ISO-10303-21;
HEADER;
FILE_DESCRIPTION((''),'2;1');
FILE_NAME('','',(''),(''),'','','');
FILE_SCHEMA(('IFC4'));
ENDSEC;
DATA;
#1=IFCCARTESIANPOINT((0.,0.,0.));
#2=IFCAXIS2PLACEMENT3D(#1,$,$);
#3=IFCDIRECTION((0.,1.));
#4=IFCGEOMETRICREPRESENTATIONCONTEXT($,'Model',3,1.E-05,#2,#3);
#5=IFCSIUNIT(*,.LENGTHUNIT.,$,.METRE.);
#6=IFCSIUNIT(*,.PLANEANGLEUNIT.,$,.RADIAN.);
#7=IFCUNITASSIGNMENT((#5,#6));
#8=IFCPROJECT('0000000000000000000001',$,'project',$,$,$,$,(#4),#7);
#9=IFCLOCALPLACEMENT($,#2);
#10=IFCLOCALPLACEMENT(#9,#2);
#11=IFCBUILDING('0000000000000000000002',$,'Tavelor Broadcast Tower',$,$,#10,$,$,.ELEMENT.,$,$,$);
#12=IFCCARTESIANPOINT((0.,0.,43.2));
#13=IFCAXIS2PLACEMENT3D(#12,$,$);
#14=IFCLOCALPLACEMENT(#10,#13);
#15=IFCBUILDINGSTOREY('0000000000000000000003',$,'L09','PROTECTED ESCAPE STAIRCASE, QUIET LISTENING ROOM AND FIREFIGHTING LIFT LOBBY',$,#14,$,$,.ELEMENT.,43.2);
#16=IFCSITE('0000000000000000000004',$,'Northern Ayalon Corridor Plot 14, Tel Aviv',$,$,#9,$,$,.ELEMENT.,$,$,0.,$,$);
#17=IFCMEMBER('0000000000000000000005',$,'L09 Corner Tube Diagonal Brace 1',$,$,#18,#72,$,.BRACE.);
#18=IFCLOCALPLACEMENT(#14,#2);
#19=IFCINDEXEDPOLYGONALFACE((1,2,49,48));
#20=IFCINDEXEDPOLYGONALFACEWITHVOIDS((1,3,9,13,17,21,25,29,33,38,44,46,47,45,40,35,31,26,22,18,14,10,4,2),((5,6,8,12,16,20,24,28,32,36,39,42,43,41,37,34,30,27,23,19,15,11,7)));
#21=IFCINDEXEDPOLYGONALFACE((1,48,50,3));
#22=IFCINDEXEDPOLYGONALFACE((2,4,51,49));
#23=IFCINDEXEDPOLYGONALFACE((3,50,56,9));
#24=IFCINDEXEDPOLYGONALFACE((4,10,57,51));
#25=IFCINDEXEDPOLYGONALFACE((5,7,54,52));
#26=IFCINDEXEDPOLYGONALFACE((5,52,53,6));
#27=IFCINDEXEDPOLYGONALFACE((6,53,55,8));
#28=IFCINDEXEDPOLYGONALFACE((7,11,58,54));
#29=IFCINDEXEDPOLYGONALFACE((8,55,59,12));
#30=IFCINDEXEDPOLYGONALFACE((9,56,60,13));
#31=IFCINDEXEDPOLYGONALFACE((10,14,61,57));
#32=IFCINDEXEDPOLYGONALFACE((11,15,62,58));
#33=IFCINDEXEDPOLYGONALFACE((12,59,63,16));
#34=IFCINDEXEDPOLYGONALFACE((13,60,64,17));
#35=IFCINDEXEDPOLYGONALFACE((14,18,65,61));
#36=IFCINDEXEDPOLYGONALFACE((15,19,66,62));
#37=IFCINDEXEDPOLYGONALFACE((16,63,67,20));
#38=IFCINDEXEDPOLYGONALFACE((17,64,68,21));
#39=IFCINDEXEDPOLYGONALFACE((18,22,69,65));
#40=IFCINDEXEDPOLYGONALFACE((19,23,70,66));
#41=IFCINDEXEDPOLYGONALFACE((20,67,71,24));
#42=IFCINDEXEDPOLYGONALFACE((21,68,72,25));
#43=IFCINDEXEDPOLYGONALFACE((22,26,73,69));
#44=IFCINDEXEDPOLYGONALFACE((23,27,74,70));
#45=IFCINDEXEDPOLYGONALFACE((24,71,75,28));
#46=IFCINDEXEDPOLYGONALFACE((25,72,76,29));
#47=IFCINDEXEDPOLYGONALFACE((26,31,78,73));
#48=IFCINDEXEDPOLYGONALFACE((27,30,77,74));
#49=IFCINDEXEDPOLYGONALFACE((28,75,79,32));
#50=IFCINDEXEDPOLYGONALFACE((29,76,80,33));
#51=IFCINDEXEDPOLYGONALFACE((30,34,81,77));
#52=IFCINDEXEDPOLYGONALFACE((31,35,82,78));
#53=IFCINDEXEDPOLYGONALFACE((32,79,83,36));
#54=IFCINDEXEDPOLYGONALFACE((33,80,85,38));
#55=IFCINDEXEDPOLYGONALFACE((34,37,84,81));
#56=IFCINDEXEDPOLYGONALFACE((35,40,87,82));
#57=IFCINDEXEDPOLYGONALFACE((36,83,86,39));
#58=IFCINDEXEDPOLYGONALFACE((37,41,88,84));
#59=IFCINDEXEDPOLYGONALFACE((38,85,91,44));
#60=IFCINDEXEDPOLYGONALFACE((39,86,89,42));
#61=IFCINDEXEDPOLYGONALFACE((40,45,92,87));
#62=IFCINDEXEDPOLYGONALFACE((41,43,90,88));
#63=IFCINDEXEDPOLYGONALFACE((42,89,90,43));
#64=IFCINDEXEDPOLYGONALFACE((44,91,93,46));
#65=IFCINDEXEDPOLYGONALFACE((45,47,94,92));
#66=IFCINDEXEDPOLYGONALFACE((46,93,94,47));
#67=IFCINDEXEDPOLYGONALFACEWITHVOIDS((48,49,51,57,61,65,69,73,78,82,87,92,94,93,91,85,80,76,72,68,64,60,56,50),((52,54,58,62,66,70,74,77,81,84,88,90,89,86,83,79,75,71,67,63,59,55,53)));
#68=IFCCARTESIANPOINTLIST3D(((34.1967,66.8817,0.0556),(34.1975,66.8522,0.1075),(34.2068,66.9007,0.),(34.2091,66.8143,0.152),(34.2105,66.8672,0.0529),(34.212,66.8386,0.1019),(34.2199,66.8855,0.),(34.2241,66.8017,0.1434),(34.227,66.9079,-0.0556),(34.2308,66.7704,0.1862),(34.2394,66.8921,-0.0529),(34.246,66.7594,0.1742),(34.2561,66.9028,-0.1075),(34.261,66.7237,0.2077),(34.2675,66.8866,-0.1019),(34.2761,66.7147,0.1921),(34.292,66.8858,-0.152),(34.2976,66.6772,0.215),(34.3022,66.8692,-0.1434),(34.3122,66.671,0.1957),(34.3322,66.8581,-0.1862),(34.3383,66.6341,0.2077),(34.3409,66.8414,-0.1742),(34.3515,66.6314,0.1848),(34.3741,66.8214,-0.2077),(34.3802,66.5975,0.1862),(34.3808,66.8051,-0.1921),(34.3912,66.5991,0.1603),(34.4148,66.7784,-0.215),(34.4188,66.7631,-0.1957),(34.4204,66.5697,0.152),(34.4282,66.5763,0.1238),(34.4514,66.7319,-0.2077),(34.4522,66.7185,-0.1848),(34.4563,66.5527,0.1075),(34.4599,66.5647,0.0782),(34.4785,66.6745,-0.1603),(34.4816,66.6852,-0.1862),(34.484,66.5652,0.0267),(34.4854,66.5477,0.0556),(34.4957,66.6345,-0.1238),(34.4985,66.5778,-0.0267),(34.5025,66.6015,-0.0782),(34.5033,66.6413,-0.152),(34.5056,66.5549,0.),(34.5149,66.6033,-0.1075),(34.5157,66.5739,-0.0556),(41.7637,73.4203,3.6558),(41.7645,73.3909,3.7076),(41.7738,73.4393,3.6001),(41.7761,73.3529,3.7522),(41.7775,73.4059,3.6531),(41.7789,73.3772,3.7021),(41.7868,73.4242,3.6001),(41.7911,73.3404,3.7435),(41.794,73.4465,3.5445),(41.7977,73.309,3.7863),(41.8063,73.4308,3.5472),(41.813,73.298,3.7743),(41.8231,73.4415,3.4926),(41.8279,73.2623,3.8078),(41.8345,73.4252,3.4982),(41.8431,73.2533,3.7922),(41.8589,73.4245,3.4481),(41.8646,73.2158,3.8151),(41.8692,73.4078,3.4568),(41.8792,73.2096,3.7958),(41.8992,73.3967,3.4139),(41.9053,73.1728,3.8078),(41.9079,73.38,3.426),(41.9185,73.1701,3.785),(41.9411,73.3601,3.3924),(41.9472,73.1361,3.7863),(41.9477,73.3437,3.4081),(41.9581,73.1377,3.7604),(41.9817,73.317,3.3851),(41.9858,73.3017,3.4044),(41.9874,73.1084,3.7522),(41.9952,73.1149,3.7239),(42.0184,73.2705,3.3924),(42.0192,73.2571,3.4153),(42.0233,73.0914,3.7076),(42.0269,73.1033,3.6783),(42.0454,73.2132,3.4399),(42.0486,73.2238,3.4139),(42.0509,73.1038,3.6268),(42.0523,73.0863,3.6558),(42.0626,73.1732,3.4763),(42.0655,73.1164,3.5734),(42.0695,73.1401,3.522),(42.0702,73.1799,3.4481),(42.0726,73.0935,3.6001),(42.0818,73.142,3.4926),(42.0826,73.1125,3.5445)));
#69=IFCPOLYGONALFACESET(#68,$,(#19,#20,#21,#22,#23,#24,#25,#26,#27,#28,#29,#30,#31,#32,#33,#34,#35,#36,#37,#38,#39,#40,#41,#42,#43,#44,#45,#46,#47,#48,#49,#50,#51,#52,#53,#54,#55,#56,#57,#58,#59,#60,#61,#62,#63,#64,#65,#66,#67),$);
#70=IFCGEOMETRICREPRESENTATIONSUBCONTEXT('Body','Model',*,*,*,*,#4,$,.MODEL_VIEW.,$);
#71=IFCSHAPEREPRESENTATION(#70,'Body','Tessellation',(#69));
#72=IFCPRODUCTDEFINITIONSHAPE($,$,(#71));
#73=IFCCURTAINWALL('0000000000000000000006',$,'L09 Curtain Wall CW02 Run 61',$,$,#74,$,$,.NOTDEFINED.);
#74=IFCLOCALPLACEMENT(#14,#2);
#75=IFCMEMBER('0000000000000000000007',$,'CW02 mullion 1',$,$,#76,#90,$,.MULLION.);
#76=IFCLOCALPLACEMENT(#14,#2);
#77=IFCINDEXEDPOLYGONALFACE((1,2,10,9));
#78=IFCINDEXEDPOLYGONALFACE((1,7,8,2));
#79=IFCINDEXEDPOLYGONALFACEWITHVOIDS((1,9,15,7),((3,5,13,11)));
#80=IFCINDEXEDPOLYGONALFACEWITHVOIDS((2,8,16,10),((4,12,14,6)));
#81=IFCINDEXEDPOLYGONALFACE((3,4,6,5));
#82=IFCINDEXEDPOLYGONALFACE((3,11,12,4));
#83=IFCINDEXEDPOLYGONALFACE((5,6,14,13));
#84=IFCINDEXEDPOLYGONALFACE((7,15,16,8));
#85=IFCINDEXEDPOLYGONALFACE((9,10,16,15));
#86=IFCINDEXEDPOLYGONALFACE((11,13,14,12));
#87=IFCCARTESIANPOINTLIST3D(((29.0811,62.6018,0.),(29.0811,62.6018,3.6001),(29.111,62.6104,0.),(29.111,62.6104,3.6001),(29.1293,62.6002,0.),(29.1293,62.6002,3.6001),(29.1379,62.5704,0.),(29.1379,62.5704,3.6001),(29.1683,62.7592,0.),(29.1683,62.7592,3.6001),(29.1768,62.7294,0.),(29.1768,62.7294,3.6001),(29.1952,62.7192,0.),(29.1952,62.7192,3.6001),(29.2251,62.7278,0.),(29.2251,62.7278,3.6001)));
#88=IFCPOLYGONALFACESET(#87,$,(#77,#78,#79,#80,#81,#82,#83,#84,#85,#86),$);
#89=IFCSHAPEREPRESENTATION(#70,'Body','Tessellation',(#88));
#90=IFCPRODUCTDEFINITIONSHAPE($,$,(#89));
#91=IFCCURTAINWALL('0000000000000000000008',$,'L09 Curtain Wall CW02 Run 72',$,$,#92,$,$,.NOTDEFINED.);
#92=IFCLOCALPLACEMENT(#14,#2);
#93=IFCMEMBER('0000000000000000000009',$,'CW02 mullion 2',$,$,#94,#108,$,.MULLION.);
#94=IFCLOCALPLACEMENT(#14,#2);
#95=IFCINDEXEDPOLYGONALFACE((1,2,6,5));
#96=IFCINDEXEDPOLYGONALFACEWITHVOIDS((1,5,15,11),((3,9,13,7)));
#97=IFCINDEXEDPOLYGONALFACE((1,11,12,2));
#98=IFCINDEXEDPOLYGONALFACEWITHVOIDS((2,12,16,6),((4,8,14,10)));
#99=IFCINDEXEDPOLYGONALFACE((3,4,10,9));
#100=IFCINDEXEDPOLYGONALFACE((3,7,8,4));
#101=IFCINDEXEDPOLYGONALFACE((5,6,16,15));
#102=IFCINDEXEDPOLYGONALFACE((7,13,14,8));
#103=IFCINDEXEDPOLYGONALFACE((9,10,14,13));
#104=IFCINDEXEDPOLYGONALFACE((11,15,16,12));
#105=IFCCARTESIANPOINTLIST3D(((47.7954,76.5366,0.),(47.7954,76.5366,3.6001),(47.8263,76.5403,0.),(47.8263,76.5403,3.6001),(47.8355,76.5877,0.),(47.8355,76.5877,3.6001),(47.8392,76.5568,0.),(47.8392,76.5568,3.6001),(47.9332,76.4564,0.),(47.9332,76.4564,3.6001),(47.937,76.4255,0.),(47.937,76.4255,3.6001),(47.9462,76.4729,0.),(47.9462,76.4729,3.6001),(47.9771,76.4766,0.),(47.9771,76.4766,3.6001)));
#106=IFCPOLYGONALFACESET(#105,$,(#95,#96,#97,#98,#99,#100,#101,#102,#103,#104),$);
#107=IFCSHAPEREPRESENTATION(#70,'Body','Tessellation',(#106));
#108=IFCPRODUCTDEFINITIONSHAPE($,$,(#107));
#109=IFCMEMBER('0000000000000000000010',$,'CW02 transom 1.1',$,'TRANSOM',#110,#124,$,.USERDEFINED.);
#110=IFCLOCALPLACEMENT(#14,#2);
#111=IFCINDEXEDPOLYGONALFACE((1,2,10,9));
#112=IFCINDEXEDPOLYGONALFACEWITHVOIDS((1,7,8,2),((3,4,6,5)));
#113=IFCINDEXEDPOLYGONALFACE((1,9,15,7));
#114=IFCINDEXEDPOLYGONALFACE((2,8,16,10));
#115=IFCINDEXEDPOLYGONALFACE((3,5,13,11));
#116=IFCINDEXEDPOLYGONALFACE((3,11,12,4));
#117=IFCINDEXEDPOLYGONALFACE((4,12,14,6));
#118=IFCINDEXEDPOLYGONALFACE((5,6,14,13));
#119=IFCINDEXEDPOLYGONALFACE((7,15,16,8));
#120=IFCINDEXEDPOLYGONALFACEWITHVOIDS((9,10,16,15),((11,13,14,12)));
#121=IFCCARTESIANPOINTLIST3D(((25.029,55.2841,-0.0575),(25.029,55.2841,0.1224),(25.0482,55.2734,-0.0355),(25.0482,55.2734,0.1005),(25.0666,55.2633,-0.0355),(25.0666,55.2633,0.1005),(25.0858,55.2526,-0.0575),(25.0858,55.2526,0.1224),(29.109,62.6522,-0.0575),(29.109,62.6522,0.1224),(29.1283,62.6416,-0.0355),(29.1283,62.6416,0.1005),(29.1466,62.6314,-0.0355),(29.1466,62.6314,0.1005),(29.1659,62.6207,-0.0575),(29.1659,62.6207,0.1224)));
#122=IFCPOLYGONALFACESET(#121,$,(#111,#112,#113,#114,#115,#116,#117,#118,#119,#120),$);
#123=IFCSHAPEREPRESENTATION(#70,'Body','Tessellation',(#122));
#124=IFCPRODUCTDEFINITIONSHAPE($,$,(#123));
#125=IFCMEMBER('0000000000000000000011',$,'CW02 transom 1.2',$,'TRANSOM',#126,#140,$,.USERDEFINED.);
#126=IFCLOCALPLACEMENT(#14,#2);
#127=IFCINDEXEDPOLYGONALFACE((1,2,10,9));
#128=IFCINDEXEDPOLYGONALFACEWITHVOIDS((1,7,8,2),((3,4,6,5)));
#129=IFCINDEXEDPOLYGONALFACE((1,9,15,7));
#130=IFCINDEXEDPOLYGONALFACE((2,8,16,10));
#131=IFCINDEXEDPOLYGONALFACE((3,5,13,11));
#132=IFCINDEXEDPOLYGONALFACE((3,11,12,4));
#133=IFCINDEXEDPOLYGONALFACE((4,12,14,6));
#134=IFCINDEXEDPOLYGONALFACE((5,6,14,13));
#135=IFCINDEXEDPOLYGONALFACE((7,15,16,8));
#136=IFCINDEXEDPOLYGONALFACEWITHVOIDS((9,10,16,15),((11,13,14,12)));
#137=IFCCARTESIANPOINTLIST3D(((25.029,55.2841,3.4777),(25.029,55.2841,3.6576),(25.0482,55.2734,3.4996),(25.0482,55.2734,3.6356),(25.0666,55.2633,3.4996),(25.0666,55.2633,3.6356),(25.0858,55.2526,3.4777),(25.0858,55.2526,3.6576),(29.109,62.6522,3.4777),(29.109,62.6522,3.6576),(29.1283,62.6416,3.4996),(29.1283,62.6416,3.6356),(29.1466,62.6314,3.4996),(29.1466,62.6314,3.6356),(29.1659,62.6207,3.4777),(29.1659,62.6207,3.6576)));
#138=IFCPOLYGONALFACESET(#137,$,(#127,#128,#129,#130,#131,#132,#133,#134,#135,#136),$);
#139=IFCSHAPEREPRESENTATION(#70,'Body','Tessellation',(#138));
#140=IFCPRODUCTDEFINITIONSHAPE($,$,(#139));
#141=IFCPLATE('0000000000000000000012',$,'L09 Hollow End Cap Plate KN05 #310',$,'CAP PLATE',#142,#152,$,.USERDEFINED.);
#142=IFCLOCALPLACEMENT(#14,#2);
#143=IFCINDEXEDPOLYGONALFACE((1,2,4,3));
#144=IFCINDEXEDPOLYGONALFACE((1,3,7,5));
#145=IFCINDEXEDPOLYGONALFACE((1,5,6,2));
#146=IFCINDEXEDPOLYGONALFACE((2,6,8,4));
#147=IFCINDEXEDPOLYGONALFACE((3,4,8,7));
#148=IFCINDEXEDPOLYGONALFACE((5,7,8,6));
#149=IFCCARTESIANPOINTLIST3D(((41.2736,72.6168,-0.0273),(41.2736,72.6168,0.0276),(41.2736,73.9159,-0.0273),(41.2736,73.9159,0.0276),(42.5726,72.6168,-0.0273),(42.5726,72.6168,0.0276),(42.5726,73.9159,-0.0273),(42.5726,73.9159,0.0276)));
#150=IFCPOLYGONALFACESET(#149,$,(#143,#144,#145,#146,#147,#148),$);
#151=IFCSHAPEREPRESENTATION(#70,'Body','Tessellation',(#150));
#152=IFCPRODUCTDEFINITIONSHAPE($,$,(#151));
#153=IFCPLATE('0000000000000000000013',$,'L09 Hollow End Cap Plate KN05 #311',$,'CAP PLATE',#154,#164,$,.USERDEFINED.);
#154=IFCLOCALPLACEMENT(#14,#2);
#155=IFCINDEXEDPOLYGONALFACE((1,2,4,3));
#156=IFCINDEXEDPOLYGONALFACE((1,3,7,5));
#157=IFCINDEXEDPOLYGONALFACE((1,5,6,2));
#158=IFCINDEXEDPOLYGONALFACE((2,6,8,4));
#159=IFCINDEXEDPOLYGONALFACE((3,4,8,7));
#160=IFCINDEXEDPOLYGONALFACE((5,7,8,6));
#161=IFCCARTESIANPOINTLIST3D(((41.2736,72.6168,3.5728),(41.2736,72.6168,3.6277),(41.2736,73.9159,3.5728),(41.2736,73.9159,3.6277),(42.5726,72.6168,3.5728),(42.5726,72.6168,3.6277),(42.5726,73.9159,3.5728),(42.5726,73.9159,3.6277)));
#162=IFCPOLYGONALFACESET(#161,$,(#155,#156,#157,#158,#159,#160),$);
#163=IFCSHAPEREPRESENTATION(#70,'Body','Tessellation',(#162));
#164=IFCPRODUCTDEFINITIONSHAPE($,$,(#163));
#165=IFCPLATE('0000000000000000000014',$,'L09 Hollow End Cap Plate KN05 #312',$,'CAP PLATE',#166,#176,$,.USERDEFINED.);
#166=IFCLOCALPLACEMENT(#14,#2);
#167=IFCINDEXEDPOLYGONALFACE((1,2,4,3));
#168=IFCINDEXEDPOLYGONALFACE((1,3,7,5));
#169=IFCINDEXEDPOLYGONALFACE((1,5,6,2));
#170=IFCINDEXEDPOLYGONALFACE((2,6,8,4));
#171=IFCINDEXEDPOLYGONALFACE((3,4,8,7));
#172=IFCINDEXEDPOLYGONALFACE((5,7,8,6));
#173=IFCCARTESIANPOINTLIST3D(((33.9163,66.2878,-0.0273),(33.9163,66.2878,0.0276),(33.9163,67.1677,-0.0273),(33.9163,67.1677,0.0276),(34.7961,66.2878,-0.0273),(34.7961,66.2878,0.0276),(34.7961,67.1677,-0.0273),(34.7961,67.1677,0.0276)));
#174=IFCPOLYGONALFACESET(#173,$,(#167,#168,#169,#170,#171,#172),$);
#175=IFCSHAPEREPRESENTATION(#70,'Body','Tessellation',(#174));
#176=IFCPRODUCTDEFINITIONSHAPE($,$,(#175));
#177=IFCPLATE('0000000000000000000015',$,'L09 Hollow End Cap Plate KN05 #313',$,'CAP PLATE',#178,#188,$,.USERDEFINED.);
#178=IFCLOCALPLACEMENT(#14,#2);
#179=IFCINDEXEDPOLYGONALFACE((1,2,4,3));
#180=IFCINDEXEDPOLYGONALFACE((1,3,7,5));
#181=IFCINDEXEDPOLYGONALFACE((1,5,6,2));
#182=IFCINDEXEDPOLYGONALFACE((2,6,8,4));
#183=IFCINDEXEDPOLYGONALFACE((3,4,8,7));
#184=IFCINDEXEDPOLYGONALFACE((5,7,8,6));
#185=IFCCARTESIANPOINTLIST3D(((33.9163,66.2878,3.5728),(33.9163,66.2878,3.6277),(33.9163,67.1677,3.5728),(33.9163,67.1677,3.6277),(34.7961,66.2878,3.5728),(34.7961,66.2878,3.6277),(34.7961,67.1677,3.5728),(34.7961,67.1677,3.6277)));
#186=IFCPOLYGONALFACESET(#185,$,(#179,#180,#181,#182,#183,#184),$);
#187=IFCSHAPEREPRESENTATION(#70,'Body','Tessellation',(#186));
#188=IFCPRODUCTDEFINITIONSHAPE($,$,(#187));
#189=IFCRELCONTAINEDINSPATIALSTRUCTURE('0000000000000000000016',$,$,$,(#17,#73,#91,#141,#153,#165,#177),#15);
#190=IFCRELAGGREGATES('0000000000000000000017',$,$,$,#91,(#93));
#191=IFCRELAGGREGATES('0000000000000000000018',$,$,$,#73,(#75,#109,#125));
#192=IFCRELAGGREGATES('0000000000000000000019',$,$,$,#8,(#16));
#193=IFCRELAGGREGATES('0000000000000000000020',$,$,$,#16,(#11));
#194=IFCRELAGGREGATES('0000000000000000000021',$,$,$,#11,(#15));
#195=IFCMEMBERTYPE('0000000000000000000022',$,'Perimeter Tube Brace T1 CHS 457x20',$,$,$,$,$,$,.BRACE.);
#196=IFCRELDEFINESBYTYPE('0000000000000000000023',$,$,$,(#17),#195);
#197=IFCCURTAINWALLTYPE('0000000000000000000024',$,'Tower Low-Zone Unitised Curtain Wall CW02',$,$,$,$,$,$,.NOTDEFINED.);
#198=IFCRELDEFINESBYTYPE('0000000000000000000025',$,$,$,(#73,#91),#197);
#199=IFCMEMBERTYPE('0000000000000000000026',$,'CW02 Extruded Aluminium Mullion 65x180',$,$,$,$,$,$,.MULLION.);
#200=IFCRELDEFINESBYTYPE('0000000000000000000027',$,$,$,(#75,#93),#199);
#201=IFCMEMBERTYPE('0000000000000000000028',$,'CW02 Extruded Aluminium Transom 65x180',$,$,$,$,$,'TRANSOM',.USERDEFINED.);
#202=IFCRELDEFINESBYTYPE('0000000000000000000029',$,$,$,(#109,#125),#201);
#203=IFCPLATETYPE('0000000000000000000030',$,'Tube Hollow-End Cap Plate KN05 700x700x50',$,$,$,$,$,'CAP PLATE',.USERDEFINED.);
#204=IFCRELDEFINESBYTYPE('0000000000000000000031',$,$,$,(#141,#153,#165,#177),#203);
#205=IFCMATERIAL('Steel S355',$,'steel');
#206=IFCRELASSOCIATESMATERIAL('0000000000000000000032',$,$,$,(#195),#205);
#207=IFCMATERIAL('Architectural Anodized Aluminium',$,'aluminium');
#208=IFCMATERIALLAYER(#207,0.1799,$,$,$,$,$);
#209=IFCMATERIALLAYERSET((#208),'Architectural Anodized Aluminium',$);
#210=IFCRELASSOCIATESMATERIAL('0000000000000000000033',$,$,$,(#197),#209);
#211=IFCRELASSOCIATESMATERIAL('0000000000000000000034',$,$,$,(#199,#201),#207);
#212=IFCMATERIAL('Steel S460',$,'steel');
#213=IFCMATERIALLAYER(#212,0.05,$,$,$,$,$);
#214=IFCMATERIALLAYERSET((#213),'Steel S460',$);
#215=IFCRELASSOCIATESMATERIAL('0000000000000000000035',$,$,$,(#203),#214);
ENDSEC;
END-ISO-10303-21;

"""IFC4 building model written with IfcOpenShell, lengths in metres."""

from ifc_helpers import new_model, si_unit, direction, frame, origin, origin_2d, place, context, subcontext, project, spatial, rectangle, hollow_rectangle, hollow_circle, extrude, source, transform, mapped, material, layer, layer_set, material_profile, profile_set, type_object, type_shapes, element, aggregate, save


model = new_model("IFC4")

# Units and contexts
model_context = context("Model", 3, precision=1e-05, world=origin(), true_north=direction((0.0, 1.0)))
body_context = subcontext(model_context, "Body", "Model", "MODEL_VIEW")
ifc_project = project(units=[si_unit("LENGTHUNIT", "METRE"), si_unit("PLANEANGLEUNIT", "RADIAN")], contexts=[model_context])

# Site, building, storey
site_placement = place(None, origin())
site = spatial("IfcSite", under=ifc_project, at=site_placement, Name="Northern Ayalon Corridor Plot 14, Tel Aviv", CompositionType="ELEMENT", RefElevation=0.0)
building_placement = place(site_placement, origin())
building = spatial("IfcBuilding", under=site, at=building_placement, Name="Tavelor Broadcast Tower", CompositionType="ELEMENT")
storey_placement = place(building_placement, frame((0.0, 0.0, 43.2)))
storey = spatial("IfcBuildingStorey", under=building, at=storey_placement, Name="L09", Description="PROTECTED ESCAPE STAIRCASE, QUIET LISTENING ROOM AND FIREFIGHTING LIFT LOBBY", CompositionType="ELEMENT", Elevation=43.2)

# Shared definitions
ifc_material_1 = material(Name="Steel S460", Category="steel")

# Shared definitions
ifc_material_2 = material(Name="Steel S355", Category="steel")

# Member
ifc_material_profile_1 = material_profile(ifc_material_2, hollow_circle(Radius=0.2285, WallThickness=0.02, at=origin_2d()), Name="CHS 457x20")
ifc_profile_set_1 = profile_set([ifc_material_profile_1], Name="Steel S355")
member_type_1 = type_object("IfcMemberType", Name="Perimeter Tube Brace T1 CHS 457x20", PredefinedType="BRACE", material=ifc_profile_set_1)
member_1_placement = place(storey_placement, frame((34.3562, 66.7278, 0.0), z_axis=(0.711923, 0.615175, 0.338711), x_axis=(-0.653822, 0.756648, 0.0)))
element("IfcMember", 1, at=member_1_placement, inside=storey, type_object=member_type_1, Name="L09 Corner Tube Diagonal Brace 1", PredefinedType="BRACE", context=body_context, shape_type="SweptSolid", body=[
    extrude(hollow_circle(Radius=0.2285, WallThickness=0.02, at=origin_2d()), origin(), (0.0, 0.0, 1.0), 10.6289),
])

# Curtain walls, members
ifc_material_3 = material(Name="Architectural Anodized Aluminium", Category="aluminium")
ifc_layer_1 = layer(ifc_material_3, 0.1799)
ifc_layer_set_1 = layer_set([ifc_layer_1], Name="Architectural Anodized Aluminium")
curtain_wall_type = type_object("IfcCurtainWallType", Name="Tower Low-Zone Unitised Curtain Wall CW02", PredefinedType="NOTDEFINED", material=ifc_layer_set_1)
curtain_wall_1_placement = place(storey_placement, origin())
curtain_wall_1 = element("IfcCurtainWall", 2, at=curtain_wall_1_placement, inside=storey, type_object=curtain_wall_type, Name="L09 Curtain Wall CW02 Run 61", PredefinedType="NOTDEFINED")
ifc_material_profile_2 = material_profile(ifc_material_3, hollow_rectangle(XDim=0.0649, YDim=0.1799, WallThickness=0.022, at=origin_2d()), Name="RHS 65x180x22")
ifc_profile_set_2 = profile_set([ifc_material_profile_2], Name="Architectural Anodized Aluminium")
member_type_2 = type_object("IfcMemberType", Name="CW02 Extruded Aluminium Mullion 65x180", PredefinedType="MULLION", material=ifc_profile_set_2)
shared_shape_1 = source(origin(), body_context, "Body", "SweptSolid", [
    extrude(hollow_rectangle(XDim=0.0649, YDim=0.1799, WallThickness=0.022, at=origin_2d()), origin(), (0.0, 0.0, 1.0), 3.6001),
])
type_shapes(member_type_2, [shared_shape_1])
member_2_placement = place(storey_placement, frame((29.1531, 62.6648, 0.0), z_axis=(0.0, 0.0, 1.0), x_axis=(0.874829, -0.484431, 0.0)))
member_2 = element("IfcMember", 3, at=member_2_placement, type_object=member_type_2, Name="CW02 mullion 1", PredefinedType="MULLION", context=body_context, shape_type="MappedRepresentation", body=[
    mapped(shared_shape_1, transform((0.0, 0.0, 0.0), scale=1.0)),
])
curtain_wall_2_placement = place(storey_placement, origin())
curtain_wall_2 = element("IfcCurtainWall", 4, at=curtain_wall_2_placement, inside=storey, type_object=curtain_wall_type, Name="L09 Curtain Wall CW02 Run 72", PredefinedType="NOTDEFINED")
member_3_placement = place(storey_placement, frame((47.8862, 76.5066, 0.0), z_axis=(0.0, 0.0, 1.0), x_axis=(-0.617356, -0.786684, 0.0)))
member_3 = element("IfcMember", 5, at=member_3_placement, type_object=member_type_2, Name="CW02 mullion 2", PredefinedType="MULLION", context=body_context, shape_type="MappedRepresentation", body=[
    mapped(shared_shape_1, transform((0.0, 0.0, 0.0), scale=1.0)),
])
aggregate(curtain_wall_2, [member_3])

# Members
ifc_material_profile_3 = material_profile(ifc_material_3, hollow_rectangle(XDim=0.0649, YDim=0.1799, WallThickness=0.022, at=origin_2d()), Name="RHS 65x180x22")
ifc_profile_set_3 = profile_set([ifc_material_profile_3], Name="Architectural Anodized Aluminium")
member_type_3 = type_object("IfcMemberType", Name="CW02 Extruded Aluminium Transom 65x180", ElementType="TRANSOM", PredefinedType="USERDEFINED", material=ifc_profile_set_3)
shared_shape_2 = source(origin(), body_context, "Body", "SweptSolid", [
    extrude(hollow_rectangle(XDim=0.0649, YDim=0.1799, WallThickness=0.022, at=origin_2d()), origin(), (0.0, 0.0, 1.0), 8.4224),
])
type_shapes(member_type_3, [shared_shape_2])
member_4_placement = place(storey_placement, frame((29.1375, 62.6365, 0.0325), z_axis=(-0.484432, -0.874829, 0.0), x_axis=(0.874829, -0.484432, 0.0)))
member_4 = element("IfcMember", 6, at=member_4_placement, type_object=member_type_3, Name="CW02 transom 1.1", ObjectType="TRANSOM", PredefinedType="USERDEFINED", context=body_context, shape_type="MappedRepresentation", body=[
    mapped(shared_shape_2, transform((0.0, 0.0, 0.0), scale=1.0)),
])
member_5_placement = place(storey_placement, frame((29.1375, 62.6365, 3.5676), z_axis=(-0.484432, -0.874829, 0.0), x_axis=(0.874829, -0.484432, 0.0)))
member_5 = element("IfcMember", 7, at=member_5_placement, type_object=member_type_3, Name="CW02 transom 1.2", ObjectType="TRANSOM", PredefinedType="USERDEFINED", context=body_context, shape_type="MappedRepresentation", body=[
    mapped(shared_shape_2, transform((0.0, 0.0, 0.0), scale=1.0)),
])
aggregate(curtain_wall_1, [member_2, member_4, member_5])

# Plates
ifc_layer_2 = layer(ifc_material_1, 0.05)
ifc_layer_set_2 = layer_set([ifc_layer_2], Name="Steel S460")
plate_type = type_object("IfcPlateType", Name="Tube Hollow-End Cap Plate KN05 700x700x50", ElementType="CAP PLATE", PredefinedType="USERDEFINED", material=ifc_layer_set_2)
shared_shape_3 = source(origin(), body_context, "Body", "SweptSolid", [
    extrude(rectangle(XDim=1.2991, YDim=1.2991, at=origin_2d()), origin(), (0.0, 0.0, 1.0), 0.0549),
])
for number, where, z_axis, x_axis, name in (
    (8, (41.9231, 73.2664, -0.0273), (0.0, 0.0, 1.0), (1.0, 0.0, 0.0), "L09 Hollow End Cap Plate KN05 #310"),
    (9, (41.9231, 73.2664, 3.5728), (0.0, 0.0, 1.0), (1.0, 0.0, 0.0), "L09 Hollow End Cap Plate KN05 #311"),
):
    element("IfcPlate", number, at=place(storey_placement, frame(where, z_axis=z_axis, x_axis=x_axis)), inside=storey, type_object=plate_type, Name=name, ObjectType="CAP PLATE", PredefinedType="USERDEFINED", context=body_context, shape_type="MappedRepresentation", body=[
        mapped(shared_shape_3, transform((0.0, 0.0, 0.0), scale=1.0)),
    ])
shared_shape_4 = source(origin(), body_context, "Body", "SweptSolid", [
    extrude(rectangle(XDim=0.8799, YDim=0.8799, at=origin_2d()), origin(), (0.0, 0.0, 1.0), 0.0549),
])
type_shapes(plate_type, [shared_shape_3, shared_shape_4])
for number, where, z_axis, x_axis, name in (
    (10, (34.3562, 66.7278, -0.0273), (0.0, 0.0, 1.0), (1.0, 0.0, 0.0), "L09 Hollow End Cap Plate KN05 #312"),
    (11, (34.3562, 66.7278, 3.5728), (0.0, 0.0, 1.0), (1.0, 0.0, 0.0), "L09 Hollow End Cap Plate KN05 #313"),
):
    element("IfcPlate", number, at=place(storey_placement, frame(where, z_axis=z_axis, x_axis=x_axis)), inside=storey, type_object=plate_type, Name=name, ObjectType="CAP PLATE", PredefinedType="USERDEFINED", context=body_context, shape_type="MappedRepresentation", body=[
        mapped(shared_shape_4, transform((0.0, 0.0, 0.0), scale=1.0)),
    ])

save(model, "model.ifc")
